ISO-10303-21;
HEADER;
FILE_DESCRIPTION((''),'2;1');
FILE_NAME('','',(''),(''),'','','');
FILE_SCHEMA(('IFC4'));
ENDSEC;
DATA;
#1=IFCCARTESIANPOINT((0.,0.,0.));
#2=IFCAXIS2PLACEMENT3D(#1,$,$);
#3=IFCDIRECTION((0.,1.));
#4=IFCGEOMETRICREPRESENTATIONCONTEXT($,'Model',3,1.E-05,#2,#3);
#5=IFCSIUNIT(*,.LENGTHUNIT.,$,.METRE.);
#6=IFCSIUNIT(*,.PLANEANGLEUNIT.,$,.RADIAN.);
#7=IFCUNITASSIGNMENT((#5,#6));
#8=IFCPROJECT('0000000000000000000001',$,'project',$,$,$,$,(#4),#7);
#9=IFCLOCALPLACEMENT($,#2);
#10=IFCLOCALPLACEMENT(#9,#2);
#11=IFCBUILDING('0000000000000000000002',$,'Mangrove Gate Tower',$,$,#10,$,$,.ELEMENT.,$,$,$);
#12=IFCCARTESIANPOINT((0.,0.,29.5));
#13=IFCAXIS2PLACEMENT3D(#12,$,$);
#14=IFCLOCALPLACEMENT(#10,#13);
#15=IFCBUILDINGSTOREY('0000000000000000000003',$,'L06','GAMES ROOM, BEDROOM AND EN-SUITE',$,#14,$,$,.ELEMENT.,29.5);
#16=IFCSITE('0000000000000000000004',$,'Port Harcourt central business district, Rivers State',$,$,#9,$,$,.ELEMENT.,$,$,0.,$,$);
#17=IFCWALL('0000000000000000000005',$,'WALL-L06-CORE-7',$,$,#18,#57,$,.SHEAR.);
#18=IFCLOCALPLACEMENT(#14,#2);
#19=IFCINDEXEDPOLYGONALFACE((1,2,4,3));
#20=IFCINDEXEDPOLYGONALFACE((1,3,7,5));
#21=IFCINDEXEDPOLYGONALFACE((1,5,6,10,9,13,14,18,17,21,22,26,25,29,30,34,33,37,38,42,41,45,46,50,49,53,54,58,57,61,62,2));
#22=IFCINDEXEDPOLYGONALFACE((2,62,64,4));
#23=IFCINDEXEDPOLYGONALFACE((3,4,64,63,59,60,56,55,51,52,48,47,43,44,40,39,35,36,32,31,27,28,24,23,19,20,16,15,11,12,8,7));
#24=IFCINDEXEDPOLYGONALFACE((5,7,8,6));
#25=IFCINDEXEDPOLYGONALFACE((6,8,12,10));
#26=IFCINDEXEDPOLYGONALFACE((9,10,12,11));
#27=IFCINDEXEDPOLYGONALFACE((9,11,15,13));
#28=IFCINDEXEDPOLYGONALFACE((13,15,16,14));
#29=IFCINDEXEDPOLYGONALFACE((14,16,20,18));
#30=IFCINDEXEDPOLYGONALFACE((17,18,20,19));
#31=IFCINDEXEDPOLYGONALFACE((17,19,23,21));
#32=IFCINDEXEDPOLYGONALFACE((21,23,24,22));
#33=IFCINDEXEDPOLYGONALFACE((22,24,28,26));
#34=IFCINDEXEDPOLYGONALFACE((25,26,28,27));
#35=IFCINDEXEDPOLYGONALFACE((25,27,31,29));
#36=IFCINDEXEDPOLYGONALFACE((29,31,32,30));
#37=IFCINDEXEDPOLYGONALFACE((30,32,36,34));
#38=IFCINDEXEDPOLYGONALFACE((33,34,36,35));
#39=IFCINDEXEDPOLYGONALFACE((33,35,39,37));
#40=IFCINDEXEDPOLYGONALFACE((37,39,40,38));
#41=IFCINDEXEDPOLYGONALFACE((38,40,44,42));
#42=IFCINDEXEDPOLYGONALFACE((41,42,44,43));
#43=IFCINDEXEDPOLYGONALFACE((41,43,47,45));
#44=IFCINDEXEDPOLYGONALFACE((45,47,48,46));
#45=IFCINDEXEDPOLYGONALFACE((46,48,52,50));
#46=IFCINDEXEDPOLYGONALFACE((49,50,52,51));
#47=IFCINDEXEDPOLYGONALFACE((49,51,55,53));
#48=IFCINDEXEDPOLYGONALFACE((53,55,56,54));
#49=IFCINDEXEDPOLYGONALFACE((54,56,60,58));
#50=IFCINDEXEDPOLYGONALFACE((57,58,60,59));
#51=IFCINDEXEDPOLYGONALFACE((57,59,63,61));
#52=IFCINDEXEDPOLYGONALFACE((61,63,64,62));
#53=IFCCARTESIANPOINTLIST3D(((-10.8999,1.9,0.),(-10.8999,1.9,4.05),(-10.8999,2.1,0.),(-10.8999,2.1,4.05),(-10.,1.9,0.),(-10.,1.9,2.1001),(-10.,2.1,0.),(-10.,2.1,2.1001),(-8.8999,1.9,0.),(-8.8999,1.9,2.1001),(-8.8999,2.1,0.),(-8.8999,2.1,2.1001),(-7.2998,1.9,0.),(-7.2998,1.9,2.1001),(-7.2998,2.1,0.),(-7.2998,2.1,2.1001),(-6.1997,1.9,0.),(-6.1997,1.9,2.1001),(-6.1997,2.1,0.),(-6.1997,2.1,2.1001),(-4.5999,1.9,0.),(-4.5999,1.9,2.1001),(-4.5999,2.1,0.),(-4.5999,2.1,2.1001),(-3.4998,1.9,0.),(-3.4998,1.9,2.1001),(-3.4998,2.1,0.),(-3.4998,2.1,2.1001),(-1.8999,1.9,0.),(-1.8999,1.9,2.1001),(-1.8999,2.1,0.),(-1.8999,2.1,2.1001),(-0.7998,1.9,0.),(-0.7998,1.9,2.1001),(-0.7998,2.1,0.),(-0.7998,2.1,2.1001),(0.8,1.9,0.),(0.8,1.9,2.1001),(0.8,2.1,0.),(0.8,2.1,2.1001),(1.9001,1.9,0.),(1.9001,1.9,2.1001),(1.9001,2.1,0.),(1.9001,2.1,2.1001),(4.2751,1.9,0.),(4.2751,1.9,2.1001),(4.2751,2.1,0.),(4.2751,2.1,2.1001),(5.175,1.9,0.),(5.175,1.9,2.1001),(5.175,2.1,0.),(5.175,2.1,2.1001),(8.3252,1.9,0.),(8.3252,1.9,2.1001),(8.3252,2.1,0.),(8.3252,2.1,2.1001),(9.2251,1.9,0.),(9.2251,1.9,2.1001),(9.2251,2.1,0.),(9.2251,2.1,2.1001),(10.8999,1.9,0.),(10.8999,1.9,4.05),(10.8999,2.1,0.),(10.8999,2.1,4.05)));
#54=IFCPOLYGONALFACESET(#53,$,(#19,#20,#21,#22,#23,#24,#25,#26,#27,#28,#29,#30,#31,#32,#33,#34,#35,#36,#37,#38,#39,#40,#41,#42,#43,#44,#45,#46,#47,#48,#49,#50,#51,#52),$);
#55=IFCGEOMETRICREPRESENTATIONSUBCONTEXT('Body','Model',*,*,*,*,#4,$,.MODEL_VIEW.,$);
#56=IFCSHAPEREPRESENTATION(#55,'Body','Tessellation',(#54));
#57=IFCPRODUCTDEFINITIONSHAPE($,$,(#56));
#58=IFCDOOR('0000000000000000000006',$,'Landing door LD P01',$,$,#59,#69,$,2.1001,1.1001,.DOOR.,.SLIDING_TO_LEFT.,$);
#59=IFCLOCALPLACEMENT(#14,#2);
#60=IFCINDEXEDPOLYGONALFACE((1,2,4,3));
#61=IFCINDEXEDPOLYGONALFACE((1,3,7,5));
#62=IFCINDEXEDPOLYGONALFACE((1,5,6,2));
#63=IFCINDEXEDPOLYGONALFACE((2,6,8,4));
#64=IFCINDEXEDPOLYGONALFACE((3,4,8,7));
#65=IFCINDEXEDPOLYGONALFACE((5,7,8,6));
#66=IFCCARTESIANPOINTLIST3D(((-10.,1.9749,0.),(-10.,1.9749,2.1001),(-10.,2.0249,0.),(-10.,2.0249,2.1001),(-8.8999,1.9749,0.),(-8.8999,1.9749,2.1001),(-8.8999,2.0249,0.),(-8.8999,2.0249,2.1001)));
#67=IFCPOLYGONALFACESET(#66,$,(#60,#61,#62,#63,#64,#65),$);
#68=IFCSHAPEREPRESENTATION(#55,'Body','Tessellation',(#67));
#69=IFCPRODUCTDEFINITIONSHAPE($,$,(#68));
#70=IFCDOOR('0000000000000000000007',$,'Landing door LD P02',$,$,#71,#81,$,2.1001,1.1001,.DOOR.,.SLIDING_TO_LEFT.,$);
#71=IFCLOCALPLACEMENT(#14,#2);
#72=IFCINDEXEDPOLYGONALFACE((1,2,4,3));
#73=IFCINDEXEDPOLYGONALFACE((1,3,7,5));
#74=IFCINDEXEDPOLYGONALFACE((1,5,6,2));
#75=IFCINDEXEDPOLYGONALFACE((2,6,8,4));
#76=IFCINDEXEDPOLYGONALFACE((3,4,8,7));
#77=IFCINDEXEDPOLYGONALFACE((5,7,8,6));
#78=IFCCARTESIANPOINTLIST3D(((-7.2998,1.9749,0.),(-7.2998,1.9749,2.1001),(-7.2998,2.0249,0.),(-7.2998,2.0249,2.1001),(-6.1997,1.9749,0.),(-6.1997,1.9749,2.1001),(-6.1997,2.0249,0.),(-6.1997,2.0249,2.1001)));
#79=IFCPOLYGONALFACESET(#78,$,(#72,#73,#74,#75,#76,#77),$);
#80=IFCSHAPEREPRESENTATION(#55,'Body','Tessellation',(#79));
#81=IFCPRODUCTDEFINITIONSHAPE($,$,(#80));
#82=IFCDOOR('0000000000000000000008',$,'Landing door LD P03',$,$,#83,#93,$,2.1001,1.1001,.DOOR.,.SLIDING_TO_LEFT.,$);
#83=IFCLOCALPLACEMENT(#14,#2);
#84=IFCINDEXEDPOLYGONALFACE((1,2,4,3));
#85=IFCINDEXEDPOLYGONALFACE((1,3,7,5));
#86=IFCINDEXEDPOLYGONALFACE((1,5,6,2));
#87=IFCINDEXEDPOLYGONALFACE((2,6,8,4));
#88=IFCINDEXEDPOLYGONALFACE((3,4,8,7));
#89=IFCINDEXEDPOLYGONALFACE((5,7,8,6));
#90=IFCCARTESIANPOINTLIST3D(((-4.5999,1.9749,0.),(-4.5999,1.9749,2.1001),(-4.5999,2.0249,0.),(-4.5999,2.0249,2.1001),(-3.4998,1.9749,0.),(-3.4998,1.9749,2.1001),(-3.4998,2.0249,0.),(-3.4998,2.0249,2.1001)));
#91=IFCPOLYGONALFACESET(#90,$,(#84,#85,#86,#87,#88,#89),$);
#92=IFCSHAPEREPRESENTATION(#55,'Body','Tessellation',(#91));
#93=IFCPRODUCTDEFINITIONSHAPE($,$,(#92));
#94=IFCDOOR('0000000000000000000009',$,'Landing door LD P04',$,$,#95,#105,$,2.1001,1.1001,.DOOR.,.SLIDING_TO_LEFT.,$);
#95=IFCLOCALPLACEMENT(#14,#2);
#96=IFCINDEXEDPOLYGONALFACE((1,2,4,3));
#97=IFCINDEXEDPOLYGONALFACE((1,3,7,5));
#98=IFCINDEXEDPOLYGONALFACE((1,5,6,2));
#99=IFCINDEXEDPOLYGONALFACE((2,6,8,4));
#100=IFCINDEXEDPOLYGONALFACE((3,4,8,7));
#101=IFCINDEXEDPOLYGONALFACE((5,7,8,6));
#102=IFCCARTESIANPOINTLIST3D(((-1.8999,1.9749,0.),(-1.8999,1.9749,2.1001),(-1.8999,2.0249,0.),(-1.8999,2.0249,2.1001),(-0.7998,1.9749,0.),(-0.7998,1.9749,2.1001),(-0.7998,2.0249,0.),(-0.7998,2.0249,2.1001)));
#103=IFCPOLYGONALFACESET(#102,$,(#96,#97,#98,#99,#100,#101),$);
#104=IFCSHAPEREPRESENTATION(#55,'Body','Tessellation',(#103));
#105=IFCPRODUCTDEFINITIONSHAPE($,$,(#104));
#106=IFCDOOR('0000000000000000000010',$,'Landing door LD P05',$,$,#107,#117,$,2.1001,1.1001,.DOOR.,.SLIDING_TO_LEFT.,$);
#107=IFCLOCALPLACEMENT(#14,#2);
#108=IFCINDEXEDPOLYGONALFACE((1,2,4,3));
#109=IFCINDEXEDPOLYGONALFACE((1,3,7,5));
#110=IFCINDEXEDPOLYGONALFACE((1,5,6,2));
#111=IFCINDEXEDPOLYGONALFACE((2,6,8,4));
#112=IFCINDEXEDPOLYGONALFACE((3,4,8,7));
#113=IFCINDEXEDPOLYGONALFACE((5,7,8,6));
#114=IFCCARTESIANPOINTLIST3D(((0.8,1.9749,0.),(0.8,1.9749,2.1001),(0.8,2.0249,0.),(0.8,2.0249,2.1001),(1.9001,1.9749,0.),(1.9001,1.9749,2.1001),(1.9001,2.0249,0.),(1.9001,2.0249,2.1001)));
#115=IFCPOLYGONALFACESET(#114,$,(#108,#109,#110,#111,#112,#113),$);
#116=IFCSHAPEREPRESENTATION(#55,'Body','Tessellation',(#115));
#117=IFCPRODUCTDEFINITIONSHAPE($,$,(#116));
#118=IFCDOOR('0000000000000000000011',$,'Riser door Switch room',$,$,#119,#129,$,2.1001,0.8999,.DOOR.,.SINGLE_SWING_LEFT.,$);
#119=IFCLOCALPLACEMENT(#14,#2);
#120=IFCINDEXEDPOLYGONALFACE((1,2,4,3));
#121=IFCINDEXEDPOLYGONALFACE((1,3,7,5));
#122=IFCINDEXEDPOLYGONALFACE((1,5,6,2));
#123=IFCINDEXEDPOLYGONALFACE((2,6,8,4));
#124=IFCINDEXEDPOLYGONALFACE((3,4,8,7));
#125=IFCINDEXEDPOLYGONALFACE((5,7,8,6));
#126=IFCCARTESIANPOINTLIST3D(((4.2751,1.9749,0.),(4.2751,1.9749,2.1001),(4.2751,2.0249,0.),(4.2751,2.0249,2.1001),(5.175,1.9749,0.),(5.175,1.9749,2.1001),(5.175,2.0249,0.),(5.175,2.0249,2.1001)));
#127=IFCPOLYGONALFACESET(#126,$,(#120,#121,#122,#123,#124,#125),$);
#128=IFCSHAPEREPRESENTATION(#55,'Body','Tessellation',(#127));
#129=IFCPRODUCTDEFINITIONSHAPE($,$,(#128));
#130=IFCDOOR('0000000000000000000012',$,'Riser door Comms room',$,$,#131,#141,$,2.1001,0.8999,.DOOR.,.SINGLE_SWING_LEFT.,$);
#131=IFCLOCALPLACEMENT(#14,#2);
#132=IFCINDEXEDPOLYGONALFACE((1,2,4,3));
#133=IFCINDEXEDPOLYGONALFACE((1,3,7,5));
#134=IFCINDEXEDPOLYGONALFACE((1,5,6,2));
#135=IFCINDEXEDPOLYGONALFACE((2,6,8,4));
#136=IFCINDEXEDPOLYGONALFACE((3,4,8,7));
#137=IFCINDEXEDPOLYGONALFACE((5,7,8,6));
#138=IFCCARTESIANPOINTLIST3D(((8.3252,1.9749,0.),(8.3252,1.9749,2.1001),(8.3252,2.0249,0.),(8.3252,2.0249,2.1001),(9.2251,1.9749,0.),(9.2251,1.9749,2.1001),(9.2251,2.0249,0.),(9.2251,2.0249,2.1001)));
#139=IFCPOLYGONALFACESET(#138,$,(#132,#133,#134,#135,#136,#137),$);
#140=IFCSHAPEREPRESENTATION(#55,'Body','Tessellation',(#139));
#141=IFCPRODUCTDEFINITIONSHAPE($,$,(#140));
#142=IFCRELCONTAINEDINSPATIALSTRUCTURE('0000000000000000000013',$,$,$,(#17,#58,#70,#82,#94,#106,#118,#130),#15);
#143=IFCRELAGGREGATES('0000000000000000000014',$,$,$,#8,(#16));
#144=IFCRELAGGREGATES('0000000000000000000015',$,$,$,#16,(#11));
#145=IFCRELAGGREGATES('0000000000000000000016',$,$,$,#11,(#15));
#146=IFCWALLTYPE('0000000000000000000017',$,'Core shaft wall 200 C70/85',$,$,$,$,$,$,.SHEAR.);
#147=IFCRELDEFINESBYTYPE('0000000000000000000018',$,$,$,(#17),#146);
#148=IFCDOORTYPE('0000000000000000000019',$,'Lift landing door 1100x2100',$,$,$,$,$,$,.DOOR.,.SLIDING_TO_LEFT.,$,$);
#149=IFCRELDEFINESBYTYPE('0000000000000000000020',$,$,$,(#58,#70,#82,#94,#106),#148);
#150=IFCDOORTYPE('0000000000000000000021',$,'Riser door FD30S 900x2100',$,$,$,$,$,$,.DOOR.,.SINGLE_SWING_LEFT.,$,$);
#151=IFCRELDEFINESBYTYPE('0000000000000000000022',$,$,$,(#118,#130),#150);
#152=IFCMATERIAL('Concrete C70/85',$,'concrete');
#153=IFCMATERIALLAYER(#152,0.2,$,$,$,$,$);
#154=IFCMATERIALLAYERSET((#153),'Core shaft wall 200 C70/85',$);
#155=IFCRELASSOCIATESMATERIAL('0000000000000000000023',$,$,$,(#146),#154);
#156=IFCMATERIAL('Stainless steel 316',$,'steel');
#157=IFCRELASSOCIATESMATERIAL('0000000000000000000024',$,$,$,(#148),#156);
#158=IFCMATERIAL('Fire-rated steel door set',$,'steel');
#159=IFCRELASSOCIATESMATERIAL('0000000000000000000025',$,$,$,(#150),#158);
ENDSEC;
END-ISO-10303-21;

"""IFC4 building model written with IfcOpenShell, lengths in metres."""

from ifc_helpers import new_model, si_unit, direction, frame, frame_2d, origin, place, context, subcontext, project, spatial, rectangle, extrude, material, layer, layer_set, type_object, element, fill, save


model = new_model("IFC4")

# Units and contexts
model_context = context("Model", 3, precision=1e-05, world=origin(), true_north=direction((0.0, 1.0)))
body_context = subcontext(model_context, "Body", "Model", "MODEL_VIEW")
ifc_project = project(units=[si_unit("LENGTHUNIT", "METRE"), si_unit("PLANEANGLEUNIT", "RADIAN")], contexts=[model_context])

# Site, building, storey
site_placement = place(None, origin())
site = spatial("IfcSite", under=ifc_project, at=site_placement, Name="Port Harcourt central business district, Rivers State", CompositionType="ELEMENT", RefElevation=0.0)
building_placement = place(site_placement, origin())
building = spatial("IfcBuilding", under=site, at=building_placement, Name="Mangrove Gate Tower", CompositionType="ELEMENT")
storey_placement = place(building_placement, frame((0.0, 0.0, 29.5)))
storey = spatial("IfcBuildingStorey", under=building, at=storey_placement, Name="L06", Description="GAMES ROOM, BEDROOM AND EN-SUITE", CompositionType="ELEMENT", Elevation=29.5)

# Wall, openings, doors
ifc_material_1 = material(Name="Concrete C70/85", Category="concrete")
ifc_layer_1 = layer(ifc_material_1, 0.2)
ifc_layer_set_1 = layer_set([ifc_layer_1], Name="Core shaft wall 200 C70/85")
wall_type_1 = type_object("IfcWallType", Name="Core shaft wall 200 C70/85", PredefinedType="SHEAR", material=ifc_layer_set_1)
wall_1_placement = place(storey_placement, frame((-10.8999, 2.0, 0.0), z_axis=(0.0, 0.0, 1.0), x_axis=(1.0, 0.0, 0.0)))
wall_1 = element("IfcWall", 1, at=wall_1_placement, inside=storey, type_object=wall_type_1, Name="WALL-L06-CORE-7", PredefinedType="SHEAR", context=body_context, shape_type="SweptSolid", body=[
    extrude(rectangle(XDim=21.7998, YDim=0.2, at=frame_2d((10.8999, 0.0))), origin(), (0.0, 0.0, 1.0), 4.05),
])
opening_1_placement = place(wall_1_placement, frame((0.8999, 0.0, 0.0)))
opening_1 = element("IfcOpeningElement", 2, at=opening_1_placement, cuts=wall_1, PredefinedType="OPENING", context=body_context, shape_type="SweptSolid", body=[
    extrude(rectangle(XDim=1.1001, YDim=2.1001, at=frame_2d((0.55, 1.05))), frame((0.0, 0.1099, 0.0), z_axis=(0.0, -1.0, 0.0), x_axis=(1.0, 0.0, 0.0)), (0.0, 0.0, 1.0), 0.22),
])
opening_2_placement = place(wall_1_placement, frame((3.6001, 0.0, 0.0)))
opening_2 = element("IfcOpeningElement", 3, at=opening_2_placement, cuts=wall_1, PredefinedType="OPENING", context=body_context, shape_type="SweptSolid", body=[
    extrude(rectangle(XDim=1.1001, YDim=2.1001, at=frame_2d((0.55, 1.05))), frame((0.0, 0.1099, 0.0), z_axis=(0.0, -1.0, 0.0), x_axis=(1.0, 0.0, 0.0)), (0.0, 0.0, 1.0), 0.22),
])
opening_3_placement = place(wall_1_placement, frame((6.3, 0.0, 0.0)))
opening_3 = element("IfcOpeningElement", 4, at=opening_3_placement, cuts=wall_1, PredefinedType="OPENING", context=body_context, shape_type="SweptSolid", body=[
    extrude(rectangle(XDim=1.1001, YDim=2.1001, at=frame_2d((0.55, 1.05))), frame((0.0, 0.1099, 0.0), z_axis=(0.0, -1.0, 0.0), x_axis=(1.0, 0.0, 0.0)), (0.0, 0.0, 1.0), 0.22),
])
opening_4_placement = place(wall_1_placement, frame((9.0, 0.0, 0.0)))
opening_4 = element("IfcOpeningElement", 5, at=opening_4_placement, cuts=wall_1, PredefinedType="OPENING", context=body_context, shape_type="SweptSolid", body=[
    extrude(rectangle(XDim=1.1001, YDim=2.1001, at=frame_2d((0.55, 1.05))), frame((0.0, 0.1099, 0.0), z_axis=(0.0, -1.0, 0.0), x_axis=(1.0, 0.0, 0.0)), (0.0, 0.0, 1.0), 0.22),
])
opening_5_placement = place(wall_1_placement, frame((11.7, 0.0, 0.0)))
opening_5 = element("IfcOpeningElement", 6, at=opening_5_placement, cuts=wall_1, PredefinedType="OPENING", context=body_context, shape_type="SweptSolid", body=[
    extrude(rectangle(XDim=1.1001, YDim=2.1001, at=frame_2d((0.55, 1.05))), frame((0.0, 0.1099, 0.0), z_axis=(0.0, -1.0, 0.0), x_axis=(1.0, 0.0, 0.0)), (0.0, 0.0, 1.0), 0.22),
])
opening_6_placement = place(wall_1_placement, frame((15.175, 0.0, 0.0)))
opening_6 = element("IfcOpeningElement", 7, at=opening_6_placement, cuts=wall_1, PredefinedType="OPENING", context=body_context, shape_type="SweptSolid", body=[
    extrude(rectangle(XDim=0.8999, YDim=2.1001, at=frame_2d((0.45, 1.05))), frame((0.0, 0.1099, 0.0), z_axis=(0.0, -1.0, 0.0), x_axis=(1.0, 0.0, 0.0)), (0.0, 0.0, 1.0), 0.22),
])
opening_7_placement = place(wall_1_placement, frame((19.2251, 0.0, 0.0)))
opening_7 = element("IfcOpeningElement", 8, at=opening_7_placement, cuts=wall_1, PredefinedType="OPENING", context=body_context, shape_type="SweptSolid", body=[
    extrude(rectangle(XDim=0.8999, YDim=2.1001, at=frame_2d((0.45, 1.05))), frame((0.0, 0.1099, 0.0), z_axis=(0.0, -1.0, 0.0), x_axis=(1.0, 0.0, 0.0)), (0.0, 0.0, 1.0), 0.22),
])
ifc_material_2 = material(Name="Stainless steel 316", Category="steel")
door_type_1 = type_object("IfcDoorType", Name="Lift landing door 1100x2100", OperationType="SLIDING_TO_LEFT", PredefinedType="DOOR", material=ifc_material_2)
door_1_placement = place(opening_1_placement, origin())
door_1 = element("IfcDoor", 9, at=door_1_placement, inside=storey, type_object=door_type_1, Name="Landing door LD P01", OperationType="SLIDING_TO_LEFT", OverallHeight=2.1001, OverallWidth=1.1001, PredefinedType="DOOR", context=body_context, shape_type="SweptSolid", body=[
    extrude(rectangle(XDim=1.1001, YDim=2.1001, at=frame_2d((0.55, 1.05))), frame((0.0, 0.0249, 0.0), z_axis=(0.0, -1.0, 0.0), x_axis=(1.0, 0.0, 0.0)), (0.0, 0.0, 1.0), 0.05),
])
fill(opening_1, door_1)
door_2_placement = place(opening_2_placement, origin())
door_2 = element("IfcDoor", 10, at=door_2_placement, inside=storey, type_object=door_type_1, Name="Landing door LD P02", OperationType="SLIDING_TO_LEFT", OverallHeight=2.1001, OverallWidth=1.1001, PredefinedType="DOOR", context=body_context, shape_type="SweptSolid", body=[
    extrude(rectangle(XDim=1.1001, YDim=2.1001, at=frame_2d((0.55, 1.05))), frame((0.0, 0.0249, 0.0), z_axis=(0.0, -1.0, 0.0), x_axis=(1.0, 0.0, 0.0)), (0.0, 0.0, 1.0), 0.05),
])
fill(opening_2, door_2)
door_3_placement = place(opening_3_placement, origin())
door_3 = element("IfcDoor", 11, at=door_3_placement, inside=storey, type_object=door_type_1, Name="Landing door LD P03", OperationType="SLIDING_TO_LEFT", OverallHeight=2.1001, OverallWidth=1.1001, PredefinedType="DOOR", context=body_context, shape_type="SweptSolid", body=[
    extrude(rectangle(XDim=1.1001, YDim=2.1001, at=frame_2d((0.55, 1.05))), frame((0.0, 0.0249, 0.0), z_axis=(0.0, -1.0, 0.0), x_axis=(1.0, 0.0, 0.0)), (0.0, 0.0, 1.0), 0.05),
])
fill(opening_3, door_3)
door_4_placement = place(opening_4_placement, origin())
door_4 = element("IfcDoor", 12, at=door_4_placement, inside=storey, type_object=door_type_1, Name="Landing door LD P04", OperationType="SLIDING_TO_LEFT", OverallHeight=2.1001, OverallWidth=1.1001, PredefinedType="DOOR", context=body_context, shape_type="SweptSolid", body=[
    extrude(rectangle(XDim=1.1001, YDim=2.1001, at=frame_2d((0.55, 1.05))), frame((0.0, 0.0249, 0.0), z_axis=(0.0, -1.0, 0.0), x_axis=(1.0, 0.0, 0.0)), (0.0, 0.0, 1.0), 0.05),
])
fill(opening_4, door_4)
door_5_placement = place(opening_5_placement, origin())
door_5 = element("IfcDoor", 13, at=door_5_placement, inside=storey, type_object=door_type_1, Name="Landing door LD P05", OperationType="SLIDING_TO_LEFT", OverallHeight=2.1001, OverallWidth=1.1001, PredefinedType="DOOR", context=body_context, shape_type="SweptSolid", body=[
    extrude(rectangle(XDim=1.1001, YDim=2.1001, at=frame_2d((0.55, 1.05))), frame((0.0, 0.0249, 0.0), z_axis=(0.0, -1.0, 0.0), x_axis=(1.0, 0.0, 0.0)), (0.0, 0.0, 1.0), 0.05),
])
fill(opening_5, door_5)
ifc_material_3 = material(Name="Fire-rated steel door set", Category="steel")
door_type_2 = type_object("IfcDoorType", Name="Riser door FD30S 900x2100", OperationType="SINGLE_SWING_LEFT", PredefinedType="DOOR", material=ifc_material_3)
door_6_placement = place(opening_6_placement, origin())
door_6 = element("IfcDoor", 14, at=door_6_placement, inside=storey, type_object=door_type_2, Name="Riser door Switch room", OperationType="SINGLE_SWING_LEFT", OverallHeight=2.1001, OverallWidth=0.8999, PredefinedType="DOOR", context=body_context, shape_type="SweptSolid", body=[
    extrude(rectangle(XDim=0.8999, YDim=2.1001, at=frame_2d((0.45, 1.05))), frame((0.0, 0.0249, 0.0), z_axis=(0.0, -1.0, 0.0), x_axis=(1.0, 0.0, 0.0)), (0.0, 0.0, 1.0), 0.05),
])
fill(opening_6, door_6)
door_7_placement = place(opening_7_placement, origin())
door_7 = element("IfcDoor", 15, at=door_7_placement, inside=storey, type_object=door_type_2, Name="Riser door Comms room", OperationType="SINGLE_SWING_LEFT", OverallHeight=2.1001, OverallWidth=0.8999, PredefinedType="DOOR", context=body_context, shape_type="SweptSolid", body=[
    extrude(rectangle(XDim=0.8999, YDim=2.1001, at=frame_2d((0.45, 1.05))), frame((0.0, 0.0249, 0.0), z_axis=(0.0, -1.0, 0.0), x_axis=(1.0, 0.0, 0.0)), (0.0, 0.0, 1.0), 0.05),
])
fill(opening_7, door_7)

save(model, "model.ifc")
